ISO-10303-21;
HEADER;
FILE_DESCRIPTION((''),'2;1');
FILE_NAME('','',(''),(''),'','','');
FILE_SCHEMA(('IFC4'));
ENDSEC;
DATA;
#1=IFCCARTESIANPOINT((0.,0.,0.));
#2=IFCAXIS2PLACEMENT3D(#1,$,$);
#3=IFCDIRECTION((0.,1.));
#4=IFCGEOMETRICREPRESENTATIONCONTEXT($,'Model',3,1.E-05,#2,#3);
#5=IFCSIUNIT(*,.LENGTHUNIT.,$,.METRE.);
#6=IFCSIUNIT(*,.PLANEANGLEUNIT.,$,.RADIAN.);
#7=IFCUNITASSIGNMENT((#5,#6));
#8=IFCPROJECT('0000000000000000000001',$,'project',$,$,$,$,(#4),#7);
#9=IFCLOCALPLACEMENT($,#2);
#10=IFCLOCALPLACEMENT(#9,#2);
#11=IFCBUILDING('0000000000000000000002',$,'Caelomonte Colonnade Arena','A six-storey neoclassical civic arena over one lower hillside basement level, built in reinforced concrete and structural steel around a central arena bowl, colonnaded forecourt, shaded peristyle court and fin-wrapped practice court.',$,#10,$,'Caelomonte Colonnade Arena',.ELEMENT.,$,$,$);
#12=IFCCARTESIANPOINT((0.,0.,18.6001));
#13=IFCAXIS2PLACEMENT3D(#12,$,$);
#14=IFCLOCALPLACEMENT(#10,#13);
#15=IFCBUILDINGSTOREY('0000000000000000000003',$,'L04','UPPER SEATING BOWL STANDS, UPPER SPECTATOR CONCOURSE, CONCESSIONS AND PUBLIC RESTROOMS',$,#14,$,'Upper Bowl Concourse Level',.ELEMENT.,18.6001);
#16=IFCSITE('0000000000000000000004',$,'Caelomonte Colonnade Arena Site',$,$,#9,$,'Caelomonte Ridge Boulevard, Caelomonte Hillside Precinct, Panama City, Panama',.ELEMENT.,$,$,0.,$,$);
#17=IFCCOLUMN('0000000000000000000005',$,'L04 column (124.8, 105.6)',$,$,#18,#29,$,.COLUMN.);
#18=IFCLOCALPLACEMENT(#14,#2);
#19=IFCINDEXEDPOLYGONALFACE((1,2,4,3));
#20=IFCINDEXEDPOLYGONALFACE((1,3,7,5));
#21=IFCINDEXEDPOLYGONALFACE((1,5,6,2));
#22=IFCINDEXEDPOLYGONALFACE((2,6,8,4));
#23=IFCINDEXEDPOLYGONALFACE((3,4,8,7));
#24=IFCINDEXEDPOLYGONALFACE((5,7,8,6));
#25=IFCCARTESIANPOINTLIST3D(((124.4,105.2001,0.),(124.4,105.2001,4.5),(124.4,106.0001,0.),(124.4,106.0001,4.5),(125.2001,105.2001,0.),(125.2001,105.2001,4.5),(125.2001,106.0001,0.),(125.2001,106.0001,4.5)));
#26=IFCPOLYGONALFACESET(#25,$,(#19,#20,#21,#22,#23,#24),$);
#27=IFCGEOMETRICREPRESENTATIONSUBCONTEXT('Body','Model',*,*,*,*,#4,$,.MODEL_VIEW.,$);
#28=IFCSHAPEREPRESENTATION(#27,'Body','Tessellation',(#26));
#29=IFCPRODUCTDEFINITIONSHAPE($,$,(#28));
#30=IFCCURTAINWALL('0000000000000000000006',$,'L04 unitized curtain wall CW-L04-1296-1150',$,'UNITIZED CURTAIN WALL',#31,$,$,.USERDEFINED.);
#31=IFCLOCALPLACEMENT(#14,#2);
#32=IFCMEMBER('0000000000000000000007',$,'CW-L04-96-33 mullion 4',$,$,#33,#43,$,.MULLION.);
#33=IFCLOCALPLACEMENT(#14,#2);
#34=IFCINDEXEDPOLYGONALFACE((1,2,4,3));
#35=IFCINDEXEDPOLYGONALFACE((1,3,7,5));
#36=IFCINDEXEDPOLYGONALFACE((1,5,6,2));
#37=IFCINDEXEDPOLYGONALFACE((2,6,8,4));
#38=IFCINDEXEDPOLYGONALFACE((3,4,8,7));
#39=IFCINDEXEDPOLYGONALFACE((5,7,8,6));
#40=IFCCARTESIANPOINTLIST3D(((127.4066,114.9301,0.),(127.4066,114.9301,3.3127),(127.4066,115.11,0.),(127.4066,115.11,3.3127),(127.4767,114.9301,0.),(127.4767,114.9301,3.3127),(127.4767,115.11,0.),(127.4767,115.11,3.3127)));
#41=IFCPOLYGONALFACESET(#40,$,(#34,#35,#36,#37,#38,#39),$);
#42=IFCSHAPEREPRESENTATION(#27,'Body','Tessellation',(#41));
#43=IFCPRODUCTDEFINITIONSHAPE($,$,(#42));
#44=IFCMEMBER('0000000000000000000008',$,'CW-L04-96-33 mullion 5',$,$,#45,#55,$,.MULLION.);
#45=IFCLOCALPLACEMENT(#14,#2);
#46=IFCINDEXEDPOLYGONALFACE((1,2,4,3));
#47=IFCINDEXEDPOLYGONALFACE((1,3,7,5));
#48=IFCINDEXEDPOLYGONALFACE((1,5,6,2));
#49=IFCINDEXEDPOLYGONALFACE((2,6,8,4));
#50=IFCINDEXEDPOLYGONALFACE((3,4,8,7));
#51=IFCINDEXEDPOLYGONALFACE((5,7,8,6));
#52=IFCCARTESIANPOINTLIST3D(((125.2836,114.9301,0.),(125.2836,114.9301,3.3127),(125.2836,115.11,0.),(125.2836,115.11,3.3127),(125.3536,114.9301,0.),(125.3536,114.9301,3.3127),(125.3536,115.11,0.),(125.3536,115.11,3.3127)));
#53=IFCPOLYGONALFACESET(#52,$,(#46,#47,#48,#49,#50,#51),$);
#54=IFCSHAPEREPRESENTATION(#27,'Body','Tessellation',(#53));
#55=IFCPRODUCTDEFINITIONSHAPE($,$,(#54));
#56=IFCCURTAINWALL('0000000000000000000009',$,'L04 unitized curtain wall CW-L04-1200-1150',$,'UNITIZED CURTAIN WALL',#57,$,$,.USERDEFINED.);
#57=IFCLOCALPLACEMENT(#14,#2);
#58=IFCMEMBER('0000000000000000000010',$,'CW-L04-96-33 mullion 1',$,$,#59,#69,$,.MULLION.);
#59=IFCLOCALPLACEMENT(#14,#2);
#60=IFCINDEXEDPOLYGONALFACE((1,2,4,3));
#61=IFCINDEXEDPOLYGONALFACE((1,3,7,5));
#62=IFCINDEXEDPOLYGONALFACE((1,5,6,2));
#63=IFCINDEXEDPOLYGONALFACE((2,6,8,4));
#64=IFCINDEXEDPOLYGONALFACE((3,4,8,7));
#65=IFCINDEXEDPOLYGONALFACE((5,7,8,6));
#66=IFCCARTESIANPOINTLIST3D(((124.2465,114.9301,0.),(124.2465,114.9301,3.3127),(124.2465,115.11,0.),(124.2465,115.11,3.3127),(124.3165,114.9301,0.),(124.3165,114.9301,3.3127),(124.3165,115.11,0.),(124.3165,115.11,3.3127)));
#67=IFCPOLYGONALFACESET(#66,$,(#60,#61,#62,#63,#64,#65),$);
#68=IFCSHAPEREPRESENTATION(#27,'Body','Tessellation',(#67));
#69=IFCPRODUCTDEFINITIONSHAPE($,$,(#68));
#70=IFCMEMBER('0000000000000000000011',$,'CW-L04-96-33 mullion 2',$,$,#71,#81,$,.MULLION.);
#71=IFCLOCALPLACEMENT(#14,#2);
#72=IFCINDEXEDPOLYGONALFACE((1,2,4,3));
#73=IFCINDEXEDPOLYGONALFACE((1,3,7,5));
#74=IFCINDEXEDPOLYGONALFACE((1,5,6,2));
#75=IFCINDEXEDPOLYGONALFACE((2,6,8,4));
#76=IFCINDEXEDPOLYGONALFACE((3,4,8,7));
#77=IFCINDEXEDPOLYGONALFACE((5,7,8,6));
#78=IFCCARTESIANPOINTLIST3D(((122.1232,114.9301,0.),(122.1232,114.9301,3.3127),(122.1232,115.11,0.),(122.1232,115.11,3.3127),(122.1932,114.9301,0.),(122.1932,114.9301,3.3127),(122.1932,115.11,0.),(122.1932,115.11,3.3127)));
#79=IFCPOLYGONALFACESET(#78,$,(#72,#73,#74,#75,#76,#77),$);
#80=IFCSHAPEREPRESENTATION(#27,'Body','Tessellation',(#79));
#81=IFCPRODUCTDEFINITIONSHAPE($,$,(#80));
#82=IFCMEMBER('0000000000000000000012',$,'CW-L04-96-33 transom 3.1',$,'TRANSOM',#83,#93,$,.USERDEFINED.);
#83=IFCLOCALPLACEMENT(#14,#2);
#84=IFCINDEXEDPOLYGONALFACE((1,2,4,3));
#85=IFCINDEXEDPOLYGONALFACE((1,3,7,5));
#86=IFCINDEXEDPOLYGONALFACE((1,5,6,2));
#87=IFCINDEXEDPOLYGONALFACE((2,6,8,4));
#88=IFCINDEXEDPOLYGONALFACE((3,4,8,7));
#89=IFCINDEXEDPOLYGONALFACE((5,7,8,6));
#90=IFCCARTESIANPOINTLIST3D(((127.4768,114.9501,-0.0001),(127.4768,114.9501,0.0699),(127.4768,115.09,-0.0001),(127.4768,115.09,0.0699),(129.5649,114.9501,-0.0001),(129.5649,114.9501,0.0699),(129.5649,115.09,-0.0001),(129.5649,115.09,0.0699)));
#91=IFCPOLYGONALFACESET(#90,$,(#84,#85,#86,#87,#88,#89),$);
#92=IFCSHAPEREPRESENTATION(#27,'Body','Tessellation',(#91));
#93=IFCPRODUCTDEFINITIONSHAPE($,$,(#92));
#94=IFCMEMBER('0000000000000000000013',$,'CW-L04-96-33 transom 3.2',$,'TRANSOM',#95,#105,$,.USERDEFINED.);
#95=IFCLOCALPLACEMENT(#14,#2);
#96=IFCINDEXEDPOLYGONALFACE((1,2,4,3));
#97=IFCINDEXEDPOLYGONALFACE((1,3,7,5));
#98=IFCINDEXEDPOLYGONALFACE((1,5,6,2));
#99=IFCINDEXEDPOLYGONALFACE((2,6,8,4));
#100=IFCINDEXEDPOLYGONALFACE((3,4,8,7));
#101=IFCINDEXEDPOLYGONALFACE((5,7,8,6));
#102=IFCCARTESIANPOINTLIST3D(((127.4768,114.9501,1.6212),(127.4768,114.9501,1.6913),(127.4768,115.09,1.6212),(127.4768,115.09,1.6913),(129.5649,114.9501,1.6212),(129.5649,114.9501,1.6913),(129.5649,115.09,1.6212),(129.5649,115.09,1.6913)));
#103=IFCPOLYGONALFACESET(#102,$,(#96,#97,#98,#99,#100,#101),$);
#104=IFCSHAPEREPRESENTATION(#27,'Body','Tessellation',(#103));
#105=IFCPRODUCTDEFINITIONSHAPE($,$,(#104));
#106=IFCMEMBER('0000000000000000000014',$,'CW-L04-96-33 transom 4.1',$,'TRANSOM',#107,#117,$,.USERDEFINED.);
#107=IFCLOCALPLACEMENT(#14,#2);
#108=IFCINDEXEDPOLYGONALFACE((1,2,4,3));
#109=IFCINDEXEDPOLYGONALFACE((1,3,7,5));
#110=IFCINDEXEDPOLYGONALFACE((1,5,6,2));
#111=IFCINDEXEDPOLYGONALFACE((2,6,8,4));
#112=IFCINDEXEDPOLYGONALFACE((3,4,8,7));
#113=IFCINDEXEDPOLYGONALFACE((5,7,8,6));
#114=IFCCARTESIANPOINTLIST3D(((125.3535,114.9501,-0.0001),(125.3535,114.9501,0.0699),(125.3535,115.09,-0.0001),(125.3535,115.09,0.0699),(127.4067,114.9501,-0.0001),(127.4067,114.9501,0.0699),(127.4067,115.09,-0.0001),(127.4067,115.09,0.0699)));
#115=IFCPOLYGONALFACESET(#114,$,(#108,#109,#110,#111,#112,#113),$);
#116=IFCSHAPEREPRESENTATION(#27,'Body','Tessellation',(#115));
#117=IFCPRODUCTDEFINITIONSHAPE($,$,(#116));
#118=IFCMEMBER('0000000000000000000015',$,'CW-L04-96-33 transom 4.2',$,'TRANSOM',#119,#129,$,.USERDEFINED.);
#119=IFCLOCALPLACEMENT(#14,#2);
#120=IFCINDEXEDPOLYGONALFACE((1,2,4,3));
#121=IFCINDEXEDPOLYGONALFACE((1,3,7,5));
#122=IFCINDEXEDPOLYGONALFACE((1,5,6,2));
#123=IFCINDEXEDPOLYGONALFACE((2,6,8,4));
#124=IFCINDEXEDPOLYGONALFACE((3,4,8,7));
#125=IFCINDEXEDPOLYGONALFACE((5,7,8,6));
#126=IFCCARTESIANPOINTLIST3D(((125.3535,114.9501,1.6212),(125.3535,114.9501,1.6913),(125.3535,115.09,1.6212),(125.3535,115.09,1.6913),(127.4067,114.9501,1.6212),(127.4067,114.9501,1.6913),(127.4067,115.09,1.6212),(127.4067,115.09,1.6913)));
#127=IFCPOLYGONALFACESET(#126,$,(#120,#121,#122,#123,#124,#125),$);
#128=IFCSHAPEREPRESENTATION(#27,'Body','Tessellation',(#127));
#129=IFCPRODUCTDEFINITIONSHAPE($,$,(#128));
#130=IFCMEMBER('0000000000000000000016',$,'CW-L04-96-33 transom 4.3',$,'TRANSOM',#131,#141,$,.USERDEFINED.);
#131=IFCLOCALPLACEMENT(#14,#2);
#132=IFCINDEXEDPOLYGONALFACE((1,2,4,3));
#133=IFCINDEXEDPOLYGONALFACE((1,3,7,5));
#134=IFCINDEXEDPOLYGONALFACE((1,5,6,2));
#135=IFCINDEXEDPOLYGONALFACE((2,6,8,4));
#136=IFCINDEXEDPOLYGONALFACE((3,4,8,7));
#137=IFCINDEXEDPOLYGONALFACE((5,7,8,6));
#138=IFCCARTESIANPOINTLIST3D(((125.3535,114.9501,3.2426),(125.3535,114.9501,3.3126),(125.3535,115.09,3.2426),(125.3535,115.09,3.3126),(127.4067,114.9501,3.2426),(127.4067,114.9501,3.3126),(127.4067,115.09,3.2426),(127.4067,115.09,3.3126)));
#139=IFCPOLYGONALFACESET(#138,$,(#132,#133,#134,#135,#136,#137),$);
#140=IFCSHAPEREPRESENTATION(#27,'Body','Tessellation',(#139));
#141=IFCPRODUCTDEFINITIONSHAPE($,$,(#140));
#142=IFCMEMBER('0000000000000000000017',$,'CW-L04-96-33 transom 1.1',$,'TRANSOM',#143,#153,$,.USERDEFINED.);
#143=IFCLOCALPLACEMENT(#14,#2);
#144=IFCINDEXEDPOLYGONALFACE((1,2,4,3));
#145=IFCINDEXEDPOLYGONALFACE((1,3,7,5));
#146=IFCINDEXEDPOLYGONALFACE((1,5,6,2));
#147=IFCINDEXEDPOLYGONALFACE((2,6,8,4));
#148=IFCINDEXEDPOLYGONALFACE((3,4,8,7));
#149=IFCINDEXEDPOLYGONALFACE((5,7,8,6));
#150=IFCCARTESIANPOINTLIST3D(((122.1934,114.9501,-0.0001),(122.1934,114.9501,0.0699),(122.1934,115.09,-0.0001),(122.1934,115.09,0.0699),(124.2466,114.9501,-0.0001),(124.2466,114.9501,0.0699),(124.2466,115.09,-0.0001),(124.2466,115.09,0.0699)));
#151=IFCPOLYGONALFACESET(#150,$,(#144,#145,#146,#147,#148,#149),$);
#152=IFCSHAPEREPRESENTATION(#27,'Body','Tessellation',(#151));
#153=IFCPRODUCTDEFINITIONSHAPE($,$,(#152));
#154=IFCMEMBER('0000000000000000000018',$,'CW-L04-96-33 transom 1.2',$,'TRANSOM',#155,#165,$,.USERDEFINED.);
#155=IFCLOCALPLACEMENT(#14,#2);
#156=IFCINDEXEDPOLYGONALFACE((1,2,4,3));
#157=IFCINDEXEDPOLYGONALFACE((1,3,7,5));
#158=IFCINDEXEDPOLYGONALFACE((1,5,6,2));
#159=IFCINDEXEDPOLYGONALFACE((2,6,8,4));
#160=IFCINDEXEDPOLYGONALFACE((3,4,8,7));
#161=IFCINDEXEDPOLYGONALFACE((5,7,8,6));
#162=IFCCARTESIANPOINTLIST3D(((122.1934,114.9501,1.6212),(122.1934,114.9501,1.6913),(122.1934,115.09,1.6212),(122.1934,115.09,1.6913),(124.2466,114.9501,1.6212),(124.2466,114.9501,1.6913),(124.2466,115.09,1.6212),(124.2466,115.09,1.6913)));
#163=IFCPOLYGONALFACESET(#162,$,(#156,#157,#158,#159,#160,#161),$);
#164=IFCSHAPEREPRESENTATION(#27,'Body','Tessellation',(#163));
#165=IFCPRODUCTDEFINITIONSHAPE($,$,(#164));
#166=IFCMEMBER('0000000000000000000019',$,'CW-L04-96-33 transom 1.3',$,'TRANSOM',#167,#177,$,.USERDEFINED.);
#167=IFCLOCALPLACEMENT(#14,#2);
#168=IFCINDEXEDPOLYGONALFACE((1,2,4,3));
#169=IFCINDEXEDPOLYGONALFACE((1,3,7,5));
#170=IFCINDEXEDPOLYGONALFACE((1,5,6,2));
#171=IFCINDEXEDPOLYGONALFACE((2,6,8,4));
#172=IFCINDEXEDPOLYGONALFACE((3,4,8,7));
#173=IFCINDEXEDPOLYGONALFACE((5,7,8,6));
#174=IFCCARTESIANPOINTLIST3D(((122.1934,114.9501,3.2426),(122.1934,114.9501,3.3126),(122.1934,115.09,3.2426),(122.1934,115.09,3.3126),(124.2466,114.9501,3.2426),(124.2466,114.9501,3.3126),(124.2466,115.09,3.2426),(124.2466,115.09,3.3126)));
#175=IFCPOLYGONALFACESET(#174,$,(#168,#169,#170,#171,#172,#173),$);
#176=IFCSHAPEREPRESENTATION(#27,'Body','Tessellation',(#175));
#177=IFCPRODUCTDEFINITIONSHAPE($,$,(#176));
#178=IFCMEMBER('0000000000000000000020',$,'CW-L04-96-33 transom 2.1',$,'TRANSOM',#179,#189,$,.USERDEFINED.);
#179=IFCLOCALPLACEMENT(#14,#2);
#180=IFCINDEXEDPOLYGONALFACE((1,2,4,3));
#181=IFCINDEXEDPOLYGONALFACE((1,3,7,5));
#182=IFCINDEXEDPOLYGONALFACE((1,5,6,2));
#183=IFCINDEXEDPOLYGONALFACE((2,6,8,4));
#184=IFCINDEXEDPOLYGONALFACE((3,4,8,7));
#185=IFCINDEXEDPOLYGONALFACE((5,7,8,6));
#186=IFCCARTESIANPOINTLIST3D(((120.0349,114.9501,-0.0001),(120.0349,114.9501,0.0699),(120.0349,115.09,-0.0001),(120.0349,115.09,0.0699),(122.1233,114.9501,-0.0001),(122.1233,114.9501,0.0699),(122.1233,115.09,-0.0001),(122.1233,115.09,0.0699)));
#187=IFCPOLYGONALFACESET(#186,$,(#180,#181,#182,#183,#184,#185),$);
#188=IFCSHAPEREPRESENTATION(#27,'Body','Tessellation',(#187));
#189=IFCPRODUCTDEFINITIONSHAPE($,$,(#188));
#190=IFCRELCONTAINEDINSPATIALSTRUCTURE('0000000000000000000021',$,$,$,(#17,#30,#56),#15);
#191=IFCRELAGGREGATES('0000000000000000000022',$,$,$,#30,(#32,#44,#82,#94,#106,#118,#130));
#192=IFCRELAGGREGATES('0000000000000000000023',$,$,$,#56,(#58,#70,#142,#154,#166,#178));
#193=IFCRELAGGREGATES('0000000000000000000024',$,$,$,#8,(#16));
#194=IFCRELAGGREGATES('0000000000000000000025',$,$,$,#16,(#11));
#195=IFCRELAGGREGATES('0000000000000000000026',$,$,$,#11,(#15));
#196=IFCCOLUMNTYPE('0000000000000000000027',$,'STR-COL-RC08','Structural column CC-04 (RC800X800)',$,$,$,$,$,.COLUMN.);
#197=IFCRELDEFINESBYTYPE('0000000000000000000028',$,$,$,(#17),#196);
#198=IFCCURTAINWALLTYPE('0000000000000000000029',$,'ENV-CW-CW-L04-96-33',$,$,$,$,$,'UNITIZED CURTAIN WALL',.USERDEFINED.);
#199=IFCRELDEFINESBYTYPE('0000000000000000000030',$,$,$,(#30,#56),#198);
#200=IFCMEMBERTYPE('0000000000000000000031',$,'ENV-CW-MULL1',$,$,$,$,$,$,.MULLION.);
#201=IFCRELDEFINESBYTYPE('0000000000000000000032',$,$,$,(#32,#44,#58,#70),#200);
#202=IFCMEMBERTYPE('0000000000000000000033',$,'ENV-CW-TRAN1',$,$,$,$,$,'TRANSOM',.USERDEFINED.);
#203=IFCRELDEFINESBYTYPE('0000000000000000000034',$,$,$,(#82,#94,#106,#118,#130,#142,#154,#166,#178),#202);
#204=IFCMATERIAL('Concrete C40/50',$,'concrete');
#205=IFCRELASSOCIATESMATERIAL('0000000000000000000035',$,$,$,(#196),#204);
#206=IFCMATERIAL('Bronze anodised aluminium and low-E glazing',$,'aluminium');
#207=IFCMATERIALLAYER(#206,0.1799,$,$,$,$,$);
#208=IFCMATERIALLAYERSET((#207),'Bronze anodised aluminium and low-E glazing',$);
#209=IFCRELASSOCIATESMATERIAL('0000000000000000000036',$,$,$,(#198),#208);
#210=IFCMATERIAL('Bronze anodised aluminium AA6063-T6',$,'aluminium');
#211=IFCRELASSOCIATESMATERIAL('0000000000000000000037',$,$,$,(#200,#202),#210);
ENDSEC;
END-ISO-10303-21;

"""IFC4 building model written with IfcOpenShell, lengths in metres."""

from ifc_helpers import new_model, si_unit, direction, frame, origin, origin_2d, place, context, subcontext, project, spatial, rectangle, extrude, material, layer, layer_set, material_profile, profile_set, type_object, element, aggregate, save


model = new_model("IFC4")

# Units and contexts
model_context = context("Model", 3, precision=1e-05, world=origin(), true_north=direction((0.0, 1.0)))
body_context = subcontext(model_context, "Body", "Model", "MODEL_VIEW")
ifc_project = project(units=[si_unit("LENGTHUNIT", "METRE"), si_unit("PLANEANGLEUNIT", "RADIAN")], contexts=[model_context])

# Site, building, storey
site_placement = place(None, origin())
site = spatial("IfcSite", under=ifc_project, at=site_placement, Name="Caelomonte Colonnade Arena Site", LongName="Caelomonte Ridge Boulevard, Caelomonte Hillside Precinct, Panama City, Panama", CompositionType="ELEMENT", RefElevation=0.0)
building_placement = place(site_placement, origin())
building = spatial("IfcBuilding", under=site, at=building_placement, Name="Caelomonte Colonnade Arena", Description="A six-storey neoclassical civic arena over one lower hillside basement level, built in reinforced concrete and structural steel around a central arena bowl, colonnaded forecourt, shaded peristyle court and fin-wrapped practice court.", LongName="Caelomonte Colonnade Arena", CompositionType="ELEMENT")
storey_placement = place(building_placement, frame((0.0, 0.0, 18.6001)))
storey = spatial("IfcBuildingStorey", under=building, at=storey_placement, Name="L04", Description="UPPER SEATING BOWL STANDS, UPPER SPECTATOR CONCOURSE, CONCESSIONS AND PUBLIC RESTROOMS", LongName="Upper Bowl Concourse Level", CompositionType="ELEMENT", Elevation=18.6001)

# Column
ifc_material_1 = material(Name="Concrete C40/50", Category="concrete")
ifc_material_profile_1 = material_profile(ifc_material_1, rectangle(XDim=0.8, YDim=0.8, at=origin_2d()), Name="RC800X800")
ifc_profile_set_1 = profile_set([ifc_material_profile_1], Name="Concrete C40/50")
column_type = type_object("IfcColumnType", Name="STR-COL-RC08", Description="Structural column CC-04 (RC800X800)", PredefinedType="COLUMN", material=ifc_profile_set_1)
column_placement = place(storey_placement, frame((124.8, 105.6001, 0.0), z_axis=(0.0, 0.0, 1.0), x_axis=(1.0, 0.0, 0.0)))
element("IfcColumn", 1, at=column_placement, inside=storey, type_object=column_type, Name="L04 column (124.8, 105.6)", PredefinedType="COLUMN", context=body_context, shape_type="SweptSolid", body=[
    extrude(rectangle(XDim=0.8, YDim=0.8, at=origin_2d()), origin(), (0.0, 0.0, 1.0), 4.5),
])

# Curtain walls, members
ifc_material_2 = material(Name="Bronze anodised aluminium and low-E glazing", Category="aluminium")
ifc_layer_1 = layer(ifc_material_2, 0.1799)
ifc_layer_set_1 = layer_set([ifc_layer_1], Name="Bronze anodised aluminium and low-E glazing")
curtain_wall_type = type_object("IfcCurtainWallType", Name="ENV-CW-CW-L04-96-33", ElementType="UNITIZED CURTAIN WALL", PredefinedType="USERDEFINED", material=ifc_layer_set_1)
curtain_wall_1_placement = place(storey_placement, origin())
curtain_wall_1 = element("IfcCurtainWall", 2, at=curtain_wall_1_placement, inside=storey, type_object=curtain_wall_type, Name="L04 unitized curtain wall CW-L04-1296-1150", ObjectType="UNITIZED CURTAIN WALL", PredefinedType="USERDEFINED")
ifc_material_3 = material(Name="Bronze anodised aluminium AA6063-T6", Category="aluminium")
ifc_material_profile_2 = material_profile(ifc_material_3, rectangle(XDim=0.0701, YDim=0.1799, at=origin_2d()), Name="CWM-70X180")
ifc_profile_set_2 = profile_set([ifc_material_profile_2], Name="Bronze anodised aluminium AA6063-T6")
member_type_1 = type_object("IfcMemberType", Name="ENV-CW-MULL1", PredefinedType="MULLION", material=ifc_profile_set_2)
member_1_placement = place(storey_placement, frame((127.4417, 115.02, 0.0), z_axis=(0.0, 0.0, 1.0), x_axis=(-1.0, 0.0, 0.0)))
member_1 = element("IfcMember", 3, at=member_1_placement, type_object=member_type_1, Name="CW-L04-96-33 mullion 4", PredefinedType="MULLION", context=body_context, shape_type="SweptSolid", body=[
    extrude(rectangle(XDim=0.0701, YDim=0.1799, at=origin_2d()), origin(), (0.0, 0.0, 1.0), 3.3127),
])
member_2_placement = place(storey_placement, frame((125.3186, 115.02, 0.0), z_axis=(0.0, 0.0, 1.0), x_axis=(-1.0, 0.0, 0.0)))
member_2 = element("IfcMember", 4, at=member_2_placement, type_object=member_type_1, Name="CW-L04-96-33 mullion 5", PredefinedType="MULLION", context=body_context, shape_type="SweptSolid", body=[
    extrude(rectangle(XDim=0.0701, YDim=0.1799, at=origin_2d()), origin(), (0.0, 0.0, 1.0), 3.3127),
])
curtain_wall_2_placement = place(storey_placement, origin())
curtain_wall_2 = element("IfcCurtainWall", 5, at=curtain_wall_2_placement, inside=storey, type_object=curtain_wall_type, Name="L04 unitized curtain wall CW-L04-1200-1150", ObjectType="UNITIZED CURTAIN WALL", PredefinedType="USERDEFINED")
member_3_placement = place(storey_placement, frame((124.2815, 115.02, 0.0), z_axis=(0.0, 0.0, 1.0), x_axis=(-1.0, 0.0, 0.0)))
member_3 = element("IfcMember", 6, at=member_3_placement, type_object=member_type_1, Name="CW-L04-96-33 mullion 1", PredefinedType="MULLION", context=body_context, shape_type="SweptSolid", body=[
    extrude(rectangle(XDim=0.0701, YDim=0.1799, at=origin_2d()), origin(), (0.0, 0.0, 1.0), 3.3127),
])
member_4_placement = place(storey_placement, frame((122.1582, 115.02, 0.0), z_axis=(0.0, 0.0, 1.0), x_axis=(-1.0, 0.0, 0.0)))
member_4 = element("IfcMember", 7, at=member_4_placement, type_object=member_type_1, Name="CW-L04-96-33 mullion 2", PredefinedType="MULLION", context=body_context, shape_type="SweptSolid", body=[
    extrude(rectangle(XDim=0.0701, YDim=0.1799, at=origin_2d()), origin(), (0.0, 0.0, 1.0), 3.3127),
])

# Members
ifc_material_profile_3 = material_profile(ifc_material_3, rectangle(XDim=0.0701, YDim=0.1399, at=origin_2d()), Name="CWT-70X140")
ifc_profile_set_3 = profile_set([ifc_material_profile_3], Name="Bronze anodised aluminium AA6063-T6")
member_type_2 = type_object("IfcMemberType", Name="ENV-CW-TRAN1", ElementType="TRANSOM", PredefinedType="USERDEFINED", material=ifc_profile_set_3)
member_5_placement = place(storey_placement, frame((129.5649, 115.02, 0.0349), z_axis=(-1.0, 0.0, 0.0), x_axis=(0.0, 0.0, 1.0)))
member_5 = element("IfcMember", 8, at=member_5_placement, type_object=member_type_2, Name="CW-L04-96-33 transom 3.1", ObjectType="TRANSOM", PredefinedType="USERDEFINED", context=body_context, shape_type="SweptSolid", body=[
    extrude(rectangle(XDim=0.0701, YDim=0.1399, at=origin_2d()), origin(), (0.0, 0.0, 1.0), 2.0881),
])
member_6_placement = place(storey_placement, frame((129.5649, 115.02, 1.6562), z_axis=(-1.0, 0.0, 0.0), x_axis=(0.0, 0.0, 1.0)))
member_6 = element("IfcMember", 9, at=member_6_placement, type_object=member_type_2, Name="CW-L04-96-33 transom 3.2", ObjectType="TRANSOM", PredefinedType="USERDEFINED", context=body_context, shape_type="SweptSolid", body=[
    extrude(rectangle(XDim=0.0701, YDim=0.1399, at=origin_2d()), origin(), (0.0, 0.0, 1.0), 2.0881),
])
member_7_placement = place(storey_placement, frame((127.4067, 115.02, 0.0349), z_axis=(-1.0, 0.0, 0.0), x_axis=(0.0, 0.0, 1.0)))
member_7 = element("IfcMember", 10, at=member_7_placement, type_object=member_type_2, Name="CW-L04-96-33 transom 4.1", ObjectType="TRANSOM", PredefinedType="USERDEFINED", context=body_context, shape_type="SweptSolid", body=[
    extrude(rectangle(XDim=0.0701, YDim=0.1399, at=origin_2d()), origin(), (0.0, 0.0, 1.0), 2.0532),
])
member_8_placement = place(storey_placement, frame((127.4067, 115.02, 1.6562), z_axis=(-1.0, 0.0, 0.0), x_axis=(0.0, 0.0, 1.0)))
member_8 = element("IfcMember", 11, at=member_8_placement, type_object=member_type_2, Name="CW-L04-96-33 transom 4.2", ObjectType="TRANSOM", PredefinedType="USERDEFINED", context=body_context, shape_type="SweptSolid", body=[
    extrude(rectangle(XDim=0.0701, YDim=0.1399, at=origin_2d()), origin(), (0.0, 0.0, 1.0), 2.0532),
])
member_9_placement = place(storey_placement, frame((127.4067, 115.02, 3.2776), z_axis=(-1.0, 0.0, 0.0), x_axis=(0.0, 0.0, 1.0)))
member_9 = element("IfcMember", 12, at=member_9_placement, type_object=member_type_2, Name="CW-L04-96-33 transom 4.3", ObjectType="TRANSOM", PredefinedType="USERDEFINED", context=body_context, shape_type="SweptSolid", body=[
    extrude(rectangle(XDim=0.0701, YDim=0.1399, at=origin_2d()), origin(), (0.0, 0.0, 1.0), 2.0532),
])
member_10_placement = place(storey_placement, frame((124.2466, 115.02, 0.0349), z_axis=(-1.0, 0.0, 0.0), x_axis=(0.0, 0.0, 1.0)))
member_10 = element("IfcMember", 13, at=member_10_placement, type_object=member_type_2, Name="CW-L04-96-33 transom 1.1", ObjectType="TRANSOM", PredefinedType="USERDEFINED", context=body_context, shape_type="SweptSolid", body=[
    extrude(rectangle(XDim=0.0701, YDim=0.1399, at=origin_2d()), origin(), (0.0, 0.0, 1.0), 2.0532),
])
member_11_placement = place(storey_placement, frame((124.2466, 115.02, 1.6562), z_axis=(-1.0, 0.0, 0.0), x_axis=(0.0, 0.0, 1.0)))
member_11 = element("IfcMember", 14, at=member_11_placement, type_object=member_type_2, Name="CW-L04-96-33 transom 1.2", ObjectType="TRANSOM", PredefinedType="USERDEFINED", context=body_context, shape_type="SweptSolid", body=[
    extrude(rectangle(XDim=0.0701, YDim=0.1399, at=origin_2d()), origin(), (0.0, 0.0, 1.0), 2.0532),
])
member_12_placement = place(storey_placement, frame((124.2466, 115.02, 3.2776), z_axis=(-1.0, 0.0, 0.0), x_axis=(0.0, 0.0, 1.0)))
member_12 = element("IfcMember", 15, at=member_12_placement, type_object=member_type_2, Name="CW-L04-96-33 transom 1.3", ObjectType="TRANSOM", PredefinedType="USERDEFINED", context=body_context, shape_type="SweptSolid", body=[
    extrude(rectangle(XDim=0.0701, YDim=0.1399, at=origin_2d()), origin(), (0.0, 0.0, 1.0), 2.0532),
])
member_13_placement = place(storey_placement, frame((122.1233, 115.02, 0.0349), z_axis=(-1.0, 0.0, 0.0), x_axis=(0.0, 0.0, 1.0)))
member_13 = element("IfcMember", 16, at=member_13_placement, type_object=member_type_2, Name="CW-L04-96-33 transom 2.1", ObjectType="TRANSOM", PredefinedType="USERDEFINED", context=body_context, shape_type="SweptSolid", body=[
    extrude(rectangle(XDim=0.0701, YDim=0.1399, at=origin_2d()), origin(), (0.0, 0.0, 1.0), 2.0884),
])

aggregate(curtain_wall_1, [member_1, member_2, member_5, member_6, member_7, member_8, member_9])
aggregate(curtain_wall_2, [member_3, member_4, member_10, member_11, member_12, member_13])

save(model, "model.ifc")
